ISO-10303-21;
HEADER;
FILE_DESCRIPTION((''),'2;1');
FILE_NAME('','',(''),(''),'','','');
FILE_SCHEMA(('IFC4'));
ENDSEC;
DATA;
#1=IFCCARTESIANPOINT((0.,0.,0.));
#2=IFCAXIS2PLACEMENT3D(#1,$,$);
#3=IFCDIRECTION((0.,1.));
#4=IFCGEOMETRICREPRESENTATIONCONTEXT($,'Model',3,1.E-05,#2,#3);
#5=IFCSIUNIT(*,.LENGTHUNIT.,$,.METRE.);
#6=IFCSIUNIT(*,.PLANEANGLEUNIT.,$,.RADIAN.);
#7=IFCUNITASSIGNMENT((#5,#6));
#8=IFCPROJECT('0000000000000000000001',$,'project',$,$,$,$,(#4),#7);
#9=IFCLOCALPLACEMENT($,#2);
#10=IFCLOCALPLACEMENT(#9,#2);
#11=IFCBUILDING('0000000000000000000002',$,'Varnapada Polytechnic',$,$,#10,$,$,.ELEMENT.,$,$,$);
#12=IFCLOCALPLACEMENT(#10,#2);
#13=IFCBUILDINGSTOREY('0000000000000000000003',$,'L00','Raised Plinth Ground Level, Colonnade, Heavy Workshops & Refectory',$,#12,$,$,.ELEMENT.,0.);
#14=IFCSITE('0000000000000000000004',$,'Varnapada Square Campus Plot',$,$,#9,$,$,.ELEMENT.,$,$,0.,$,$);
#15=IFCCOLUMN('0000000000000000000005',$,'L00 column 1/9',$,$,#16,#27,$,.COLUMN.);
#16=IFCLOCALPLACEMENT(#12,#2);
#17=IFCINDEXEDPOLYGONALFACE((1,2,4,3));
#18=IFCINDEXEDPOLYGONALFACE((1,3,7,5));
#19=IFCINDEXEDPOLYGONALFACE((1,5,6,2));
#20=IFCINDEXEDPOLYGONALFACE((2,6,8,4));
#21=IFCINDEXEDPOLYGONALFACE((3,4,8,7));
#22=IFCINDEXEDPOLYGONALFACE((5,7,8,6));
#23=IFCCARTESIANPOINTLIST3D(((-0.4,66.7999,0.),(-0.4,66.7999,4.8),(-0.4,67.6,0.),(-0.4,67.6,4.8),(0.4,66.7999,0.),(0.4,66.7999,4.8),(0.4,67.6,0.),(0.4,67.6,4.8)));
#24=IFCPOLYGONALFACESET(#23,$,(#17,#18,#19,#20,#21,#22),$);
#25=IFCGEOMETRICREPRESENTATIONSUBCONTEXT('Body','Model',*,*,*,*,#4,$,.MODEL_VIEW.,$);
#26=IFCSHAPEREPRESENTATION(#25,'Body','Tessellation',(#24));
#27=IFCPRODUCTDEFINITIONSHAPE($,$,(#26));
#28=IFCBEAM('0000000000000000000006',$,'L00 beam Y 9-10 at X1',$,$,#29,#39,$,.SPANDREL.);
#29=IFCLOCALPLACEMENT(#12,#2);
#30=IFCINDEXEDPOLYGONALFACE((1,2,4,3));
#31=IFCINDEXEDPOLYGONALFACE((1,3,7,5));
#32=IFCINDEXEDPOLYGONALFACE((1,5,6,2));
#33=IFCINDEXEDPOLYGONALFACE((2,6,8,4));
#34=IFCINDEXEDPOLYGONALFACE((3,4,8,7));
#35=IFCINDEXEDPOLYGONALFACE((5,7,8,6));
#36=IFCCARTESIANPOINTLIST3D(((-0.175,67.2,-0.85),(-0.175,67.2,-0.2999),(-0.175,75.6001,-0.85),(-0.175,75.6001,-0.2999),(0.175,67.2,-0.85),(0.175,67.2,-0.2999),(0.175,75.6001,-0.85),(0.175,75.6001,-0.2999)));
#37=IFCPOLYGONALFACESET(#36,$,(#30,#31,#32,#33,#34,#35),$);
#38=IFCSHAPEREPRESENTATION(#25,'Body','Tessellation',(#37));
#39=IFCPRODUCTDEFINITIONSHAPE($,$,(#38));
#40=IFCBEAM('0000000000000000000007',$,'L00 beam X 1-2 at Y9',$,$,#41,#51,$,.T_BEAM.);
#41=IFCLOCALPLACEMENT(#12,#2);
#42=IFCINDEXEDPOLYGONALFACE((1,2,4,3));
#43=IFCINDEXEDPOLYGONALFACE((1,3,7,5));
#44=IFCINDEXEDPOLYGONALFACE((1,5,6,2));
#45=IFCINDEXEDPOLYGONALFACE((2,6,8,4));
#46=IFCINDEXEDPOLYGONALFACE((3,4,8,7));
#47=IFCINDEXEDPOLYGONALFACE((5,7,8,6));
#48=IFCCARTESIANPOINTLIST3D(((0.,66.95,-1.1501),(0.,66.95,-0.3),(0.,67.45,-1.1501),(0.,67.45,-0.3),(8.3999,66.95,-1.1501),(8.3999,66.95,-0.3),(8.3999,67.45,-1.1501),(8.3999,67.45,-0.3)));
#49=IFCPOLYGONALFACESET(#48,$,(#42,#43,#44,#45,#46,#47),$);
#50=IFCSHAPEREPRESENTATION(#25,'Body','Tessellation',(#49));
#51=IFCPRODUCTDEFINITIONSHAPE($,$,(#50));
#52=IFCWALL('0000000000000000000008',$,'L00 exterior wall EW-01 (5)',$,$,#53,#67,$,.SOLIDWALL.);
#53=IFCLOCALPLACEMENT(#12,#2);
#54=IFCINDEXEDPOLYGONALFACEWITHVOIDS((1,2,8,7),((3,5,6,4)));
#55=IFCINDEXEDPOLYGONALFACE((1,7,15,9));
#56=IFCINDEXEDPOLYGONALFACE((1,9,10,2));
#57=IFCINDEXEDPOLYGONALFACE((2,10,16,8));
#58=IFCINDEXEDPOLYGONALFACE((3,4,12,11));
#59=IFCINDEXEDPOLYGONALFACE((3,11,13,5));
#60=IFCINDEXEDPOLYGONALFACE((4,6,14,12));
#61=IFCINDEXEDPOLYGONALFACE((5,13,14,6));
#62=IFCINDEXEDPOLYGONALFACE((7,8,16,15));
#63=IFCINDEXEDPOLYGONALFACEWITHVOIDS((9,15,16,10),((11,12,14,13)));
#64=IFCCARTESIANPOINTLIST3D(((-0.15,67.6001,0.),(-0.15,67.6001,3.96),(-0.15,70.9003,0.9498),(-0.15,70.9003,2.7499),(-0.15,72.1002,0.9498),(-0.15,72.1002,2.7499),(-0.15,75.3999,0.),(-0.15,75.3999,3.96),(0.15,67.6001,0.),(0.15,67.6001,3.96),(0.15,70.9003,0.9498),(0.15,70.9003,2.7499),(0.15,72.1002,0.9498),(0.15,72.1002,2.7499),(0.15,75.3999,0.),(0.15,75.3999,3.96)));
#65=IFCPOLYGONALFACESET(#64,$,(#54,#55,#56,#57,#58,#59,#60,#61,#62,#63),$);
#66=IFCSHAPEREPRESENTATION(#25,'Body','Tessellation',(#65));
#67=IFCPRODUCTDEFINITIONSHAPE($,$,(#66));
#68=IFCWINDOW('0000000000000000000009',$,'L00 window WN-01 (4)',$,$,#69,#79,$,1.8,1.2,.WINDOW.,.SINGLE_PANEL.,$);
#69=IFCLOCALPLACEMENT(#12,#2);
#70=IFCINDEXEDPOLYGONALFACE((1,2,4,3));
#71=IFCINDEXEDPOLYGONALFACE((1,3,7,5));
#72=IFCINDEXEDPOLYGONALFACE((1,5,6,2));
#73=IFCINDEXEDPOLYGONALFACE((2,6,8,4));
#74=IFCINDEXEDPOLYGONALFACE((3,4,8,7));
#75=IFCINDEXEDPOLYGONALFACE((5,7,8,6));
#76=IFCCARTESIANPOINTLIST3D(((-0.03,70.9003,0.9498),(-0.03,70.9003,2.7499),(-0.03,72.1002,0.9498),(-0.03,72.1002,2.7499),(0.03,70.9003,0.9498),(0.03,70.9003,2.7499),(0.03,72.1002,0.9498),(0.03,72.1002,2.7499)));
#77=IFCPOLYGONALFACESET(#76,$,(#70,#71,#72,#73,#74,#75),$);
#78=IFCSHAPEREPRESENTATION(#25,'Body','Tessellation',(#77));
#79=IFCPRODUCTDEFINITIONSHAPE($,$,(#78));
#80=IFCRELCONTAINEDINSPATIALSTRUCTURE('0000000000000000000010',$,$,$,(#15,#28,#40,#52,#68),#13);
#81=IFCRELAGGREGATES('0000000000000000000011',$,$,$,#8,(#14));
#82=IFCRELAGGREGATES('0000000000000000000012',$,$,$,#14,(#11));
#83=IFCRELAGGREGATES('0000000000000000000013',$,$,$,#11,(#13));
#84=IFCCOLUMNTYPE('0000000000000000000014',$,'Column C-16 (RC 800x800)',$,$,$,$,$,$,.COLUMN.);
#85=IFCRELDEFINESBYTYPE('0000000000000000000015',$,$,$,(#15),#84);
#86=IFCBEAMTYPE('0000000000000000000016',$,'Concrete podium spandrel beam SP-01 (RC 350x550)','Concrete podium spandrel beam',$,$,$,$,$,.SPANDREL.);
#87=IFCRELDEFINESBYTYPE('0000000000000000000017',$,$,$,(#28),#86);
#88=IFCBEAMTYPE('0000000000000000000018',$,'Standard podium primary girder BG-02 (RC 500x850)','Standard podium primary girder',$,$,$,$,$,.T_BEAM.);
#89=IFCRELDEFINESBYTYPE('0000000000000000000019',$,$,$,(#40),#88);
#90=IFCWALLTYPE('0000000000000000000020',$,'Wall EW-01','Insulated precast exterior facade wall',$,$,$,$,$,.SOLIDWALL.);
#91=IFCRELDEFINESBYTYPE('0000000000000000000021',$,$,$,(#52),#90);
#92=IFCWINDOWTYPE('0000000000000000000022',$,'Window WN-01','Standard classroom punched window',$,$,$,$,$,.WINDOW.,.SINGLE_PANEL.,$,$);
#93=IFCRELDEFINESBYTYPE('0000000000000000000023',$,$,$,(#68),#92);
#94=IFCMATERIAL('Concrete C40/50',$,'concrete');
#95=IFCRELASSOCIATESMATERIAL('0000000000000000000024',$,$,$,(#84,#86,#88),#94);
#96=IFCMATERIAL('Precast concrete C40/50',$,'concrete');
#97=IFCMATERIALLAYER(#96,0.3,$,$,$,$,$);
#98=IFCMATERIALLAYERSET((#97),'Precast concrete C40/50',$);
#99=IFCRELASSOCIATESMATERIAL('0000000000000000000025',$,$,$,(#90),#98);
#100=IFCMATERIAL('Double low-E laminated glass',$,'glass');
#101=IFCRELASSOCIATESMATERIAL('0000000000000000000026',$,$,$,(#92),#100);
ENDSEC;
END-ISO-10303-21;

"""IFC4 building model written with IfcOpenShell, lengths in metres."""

from ifc_helpers import new_model, si_unit, direction, frame, frame_2d, origin, origin_2d, place, context, subcontext, project, spatial, rectangle, extrude, material, layer, layer_set, material_profile, profile_set, type_object, element, fill, save


model = new_model("IFC4")

# Units and contexts
model_context = context("Model", 3, precision=1e-05, world=origin(), true_north=direction((0.0, 1.0)))
body_context = subcontext(model_context, "Body", "Model", "MODEL_VIEW")
ifc_project = project(units=[si_unit("LENGTHUNIT", "METRE"), si_unit("PLANEANGLEUNIT", "RADIAN")], contexts=[model_context])

# Site, building, storey
site_placement = place(None, origin())
site = spatial("IfcSite", under=ifc_project, at=site_placement, Name="Varnapada Square Campus Plot", CompositionType="ELEMENT", RefElevation=0.0)
building_placement = place(site_placement, origin())
building = spatial("IfcBuilding", under=site, at=building_placement, Name="Varnapada Polytechnic", CompositionType="ELEMENT")
storey_placement = place(building_placement, origin())
storey = spatial("IfcBuildingStorey", under=building, at=storey_placement, Name="L00", Description="Raised Plinth Ground Level, Colonnade, Heavy Workshops & Refectory", CompositionType="ELEMENT", Elevation=0.0)

# Column
ifc_material_1 = material(Name="Concrete C40/50", Category="concrete")
ifc_material_profile_1 = material_profile(ifc_material_1, rectangle(XDim=0.8, YDim=0.8, at=origin_2d()), Name="RC 800x800")
ifc_profile_set_1 = profile_set([ifc_material_profile_1], Name="Concrete C40/50")
column_type = type_object("IfcColumnType", Name="Column C-16 (RC 800x800)", PredefinedType="COLUMN", material=ifc_profile_set_1)
column_placement = place(storey_placement, frame((0.0, 67.2, 0.0), z_axis=(0.0, 0.0, 1.0), x_axis=(1.0, 0.0, 0.0)))
element("IfcColumn", 1, at=column_placement, inside=storey, type_object=column_type, Name="L00 column 1/9", PredefinedType="COLUMN", context=body_context, shape_type="SweptSolid", body=[
    extrude(rectangle(XDim=0.8, YDim=0.8, at=origin_2d()), origin(), (0.0, 0.0, 1.0), 4.8),
])

# Beams
ifc_material_profile_2 = material_profile(ifc_material_1, rectangle(XDim=0.3501, YDim=0.55, at=origin_2d()), Name="RC 350x550")
ifc_profile_set_2 = profile_set([ifc_material_profile_2], Name="Concrete C40/50")
beam_type_1 = type_object("IfcBeamType", Name="Concrete podium spandrel beam SP-01 (RC 350x550)", Description="Concrete podium spandrel beam", PredefinedType="SPANDREL", material=ifc_profile_set_2)
beam_1_placement = place(storey_placement, frame((0.0, 67.2, -0.575), z_axis=(0.0, 1.0, 0.0), x_axis=(-1.0, 0.0, 0.0)))
element("IfcBeam", 2, at=beam_1_placement, inside=storey, type_object=beam_type_1, Name="L00 beam Y 9-10 at X1", PredefinedType="SPANDREL", context=body_context, shape_type="SweptSolid", body=[
    extrude(rectangle(XDim=0.3501, YDim=0.55, at=origin_2d()), origin(), (0.0, 0.0, 1.0), 8.4001),
])
ifc_material_profile_3 = material_profile(ifc_material_1, rectangle(XDim=0.5, YDim=0.8501, at=origin_2d()), Name="RC 500x850")
ifc_profile_set_3 = profile_set([ifc_material_profile_3], Name="Concrete C40/50")
beam_type_2 = type_object("IfcBeamType", Name="Standard podium primary girder BG-02 (RC 500x850)", Description="Standard podium primary girder", PredefinedType="T_BEAM", material=ifc_profile_set_3)
beam_2_placement = place(storey_placement, frame((0.0, 67.2, -0.7251), z_axis=(1.0, 0.0, 0.0), x_axis=(0.0, 1.0, 0.0)))
element("IfcBeam", 3, at=beam_2_placement, inside=storey, type_object=beam_type_2, Name="L00 beam X 1-2 at Y9", PredefinedType="T_BEAM", context=body_context, shape_type="SweptSolid", body=[
    extrude(rectangle(XDim=0.5, YDim=0.8501, at=origin_2d()), origin(), (0.0, 0.0, 1.0), 8.3999),
])

# Wall, opening, window
ifc_material_2 = material(Name="Precast concrete C40/50", Category="concrete")
ifc_layer_1 = layer(ifc_material_2, 0.3)
ifc_layer_set_1 = layer_set([ifc_layer_1], Name="Precast concrete C40/50")
wall_type = type_object("IfcWallType", Name="Wall EW-01", Description="Insulated precast exterior facade wall", PredefinedType="SOLIDWALL", material=ifc_layer_set_1)
wall_placement = place(storey_placement, frame((0.0, 67.6001, 0.0), z_axis=(0.0, 0.0, 1.0), x_axis=(0.0, 1.0, 0.0)))
wall = element("IfcWall", 4, at=wall_placement, inside=storey, type_object=wall_type, Name="L00 exterior wall EW-01 (5)", PredefinedType="SOLIDWALL", context=body_context, shape_type="SweptSolid", body=[
    extrude(rectangle(XDim=7.7998, YDim=0.3, at=frame_2d((3.8999, 0.0))), origin(), (0.0, 0.0, 1.0), 3.96),
])
opening_1_placement = place(wall_placement, frame((3.3, 0.0, 0.95)))
opening_1 = element("IfcOpeningElement", 5, at=opening_1_placement, cuts=wall, PredefinedType="OPENING", context=body_context, shape_type="SweptSolid", body=[
    extrude(rectangle(XDim=1.2, YDim=1.8, at=frame_2d((0.6001, 0.8999))), frame((0.0, 0.1599, 0.0), z_axis=(0.0, -1.0, 0.0), x_axis=(1.0, 0.0, 0.0)), (0.0, 0.0, 1.0), 0.3201),
])
ifc_material_3 = material(Name="Double low-E laminated glass", Category="glass")
window_type = type_object("IfcWindowType", Name="Window WN-01", Description="Standard classroom punched window", PartitioningType="SINGLE_PANEL", PredefinedType="WINDOW", material=ifc_material_3)
window_placement = place(opening_1_placement, origin())
window = element("IfcWindow", 6, at=window_placement, inside=storey, type_object=window_type, Name="L00 window WN-01 (4)", OverallHeight=1.8, OverallWidth=1.2, PartitioningType="SINGLE_PANEL", PredefinedType="WINDOW", context=body_context, shape_type="SweptSolid", body=[
    extrude(rectangle(XDim=1.2, YDim=1.8, at=frame_2d((0.6001, 0.8999))), frame((0.0, 0.03, 0.0), z_axis=(0.0, -1.0, 0.0), x_axis=(1.0, 0.0, 0.0)), (0.0, 0.0, 1.0), 0.0601),
])
fill(opening_1, window)

save(model, "model.ifc")
